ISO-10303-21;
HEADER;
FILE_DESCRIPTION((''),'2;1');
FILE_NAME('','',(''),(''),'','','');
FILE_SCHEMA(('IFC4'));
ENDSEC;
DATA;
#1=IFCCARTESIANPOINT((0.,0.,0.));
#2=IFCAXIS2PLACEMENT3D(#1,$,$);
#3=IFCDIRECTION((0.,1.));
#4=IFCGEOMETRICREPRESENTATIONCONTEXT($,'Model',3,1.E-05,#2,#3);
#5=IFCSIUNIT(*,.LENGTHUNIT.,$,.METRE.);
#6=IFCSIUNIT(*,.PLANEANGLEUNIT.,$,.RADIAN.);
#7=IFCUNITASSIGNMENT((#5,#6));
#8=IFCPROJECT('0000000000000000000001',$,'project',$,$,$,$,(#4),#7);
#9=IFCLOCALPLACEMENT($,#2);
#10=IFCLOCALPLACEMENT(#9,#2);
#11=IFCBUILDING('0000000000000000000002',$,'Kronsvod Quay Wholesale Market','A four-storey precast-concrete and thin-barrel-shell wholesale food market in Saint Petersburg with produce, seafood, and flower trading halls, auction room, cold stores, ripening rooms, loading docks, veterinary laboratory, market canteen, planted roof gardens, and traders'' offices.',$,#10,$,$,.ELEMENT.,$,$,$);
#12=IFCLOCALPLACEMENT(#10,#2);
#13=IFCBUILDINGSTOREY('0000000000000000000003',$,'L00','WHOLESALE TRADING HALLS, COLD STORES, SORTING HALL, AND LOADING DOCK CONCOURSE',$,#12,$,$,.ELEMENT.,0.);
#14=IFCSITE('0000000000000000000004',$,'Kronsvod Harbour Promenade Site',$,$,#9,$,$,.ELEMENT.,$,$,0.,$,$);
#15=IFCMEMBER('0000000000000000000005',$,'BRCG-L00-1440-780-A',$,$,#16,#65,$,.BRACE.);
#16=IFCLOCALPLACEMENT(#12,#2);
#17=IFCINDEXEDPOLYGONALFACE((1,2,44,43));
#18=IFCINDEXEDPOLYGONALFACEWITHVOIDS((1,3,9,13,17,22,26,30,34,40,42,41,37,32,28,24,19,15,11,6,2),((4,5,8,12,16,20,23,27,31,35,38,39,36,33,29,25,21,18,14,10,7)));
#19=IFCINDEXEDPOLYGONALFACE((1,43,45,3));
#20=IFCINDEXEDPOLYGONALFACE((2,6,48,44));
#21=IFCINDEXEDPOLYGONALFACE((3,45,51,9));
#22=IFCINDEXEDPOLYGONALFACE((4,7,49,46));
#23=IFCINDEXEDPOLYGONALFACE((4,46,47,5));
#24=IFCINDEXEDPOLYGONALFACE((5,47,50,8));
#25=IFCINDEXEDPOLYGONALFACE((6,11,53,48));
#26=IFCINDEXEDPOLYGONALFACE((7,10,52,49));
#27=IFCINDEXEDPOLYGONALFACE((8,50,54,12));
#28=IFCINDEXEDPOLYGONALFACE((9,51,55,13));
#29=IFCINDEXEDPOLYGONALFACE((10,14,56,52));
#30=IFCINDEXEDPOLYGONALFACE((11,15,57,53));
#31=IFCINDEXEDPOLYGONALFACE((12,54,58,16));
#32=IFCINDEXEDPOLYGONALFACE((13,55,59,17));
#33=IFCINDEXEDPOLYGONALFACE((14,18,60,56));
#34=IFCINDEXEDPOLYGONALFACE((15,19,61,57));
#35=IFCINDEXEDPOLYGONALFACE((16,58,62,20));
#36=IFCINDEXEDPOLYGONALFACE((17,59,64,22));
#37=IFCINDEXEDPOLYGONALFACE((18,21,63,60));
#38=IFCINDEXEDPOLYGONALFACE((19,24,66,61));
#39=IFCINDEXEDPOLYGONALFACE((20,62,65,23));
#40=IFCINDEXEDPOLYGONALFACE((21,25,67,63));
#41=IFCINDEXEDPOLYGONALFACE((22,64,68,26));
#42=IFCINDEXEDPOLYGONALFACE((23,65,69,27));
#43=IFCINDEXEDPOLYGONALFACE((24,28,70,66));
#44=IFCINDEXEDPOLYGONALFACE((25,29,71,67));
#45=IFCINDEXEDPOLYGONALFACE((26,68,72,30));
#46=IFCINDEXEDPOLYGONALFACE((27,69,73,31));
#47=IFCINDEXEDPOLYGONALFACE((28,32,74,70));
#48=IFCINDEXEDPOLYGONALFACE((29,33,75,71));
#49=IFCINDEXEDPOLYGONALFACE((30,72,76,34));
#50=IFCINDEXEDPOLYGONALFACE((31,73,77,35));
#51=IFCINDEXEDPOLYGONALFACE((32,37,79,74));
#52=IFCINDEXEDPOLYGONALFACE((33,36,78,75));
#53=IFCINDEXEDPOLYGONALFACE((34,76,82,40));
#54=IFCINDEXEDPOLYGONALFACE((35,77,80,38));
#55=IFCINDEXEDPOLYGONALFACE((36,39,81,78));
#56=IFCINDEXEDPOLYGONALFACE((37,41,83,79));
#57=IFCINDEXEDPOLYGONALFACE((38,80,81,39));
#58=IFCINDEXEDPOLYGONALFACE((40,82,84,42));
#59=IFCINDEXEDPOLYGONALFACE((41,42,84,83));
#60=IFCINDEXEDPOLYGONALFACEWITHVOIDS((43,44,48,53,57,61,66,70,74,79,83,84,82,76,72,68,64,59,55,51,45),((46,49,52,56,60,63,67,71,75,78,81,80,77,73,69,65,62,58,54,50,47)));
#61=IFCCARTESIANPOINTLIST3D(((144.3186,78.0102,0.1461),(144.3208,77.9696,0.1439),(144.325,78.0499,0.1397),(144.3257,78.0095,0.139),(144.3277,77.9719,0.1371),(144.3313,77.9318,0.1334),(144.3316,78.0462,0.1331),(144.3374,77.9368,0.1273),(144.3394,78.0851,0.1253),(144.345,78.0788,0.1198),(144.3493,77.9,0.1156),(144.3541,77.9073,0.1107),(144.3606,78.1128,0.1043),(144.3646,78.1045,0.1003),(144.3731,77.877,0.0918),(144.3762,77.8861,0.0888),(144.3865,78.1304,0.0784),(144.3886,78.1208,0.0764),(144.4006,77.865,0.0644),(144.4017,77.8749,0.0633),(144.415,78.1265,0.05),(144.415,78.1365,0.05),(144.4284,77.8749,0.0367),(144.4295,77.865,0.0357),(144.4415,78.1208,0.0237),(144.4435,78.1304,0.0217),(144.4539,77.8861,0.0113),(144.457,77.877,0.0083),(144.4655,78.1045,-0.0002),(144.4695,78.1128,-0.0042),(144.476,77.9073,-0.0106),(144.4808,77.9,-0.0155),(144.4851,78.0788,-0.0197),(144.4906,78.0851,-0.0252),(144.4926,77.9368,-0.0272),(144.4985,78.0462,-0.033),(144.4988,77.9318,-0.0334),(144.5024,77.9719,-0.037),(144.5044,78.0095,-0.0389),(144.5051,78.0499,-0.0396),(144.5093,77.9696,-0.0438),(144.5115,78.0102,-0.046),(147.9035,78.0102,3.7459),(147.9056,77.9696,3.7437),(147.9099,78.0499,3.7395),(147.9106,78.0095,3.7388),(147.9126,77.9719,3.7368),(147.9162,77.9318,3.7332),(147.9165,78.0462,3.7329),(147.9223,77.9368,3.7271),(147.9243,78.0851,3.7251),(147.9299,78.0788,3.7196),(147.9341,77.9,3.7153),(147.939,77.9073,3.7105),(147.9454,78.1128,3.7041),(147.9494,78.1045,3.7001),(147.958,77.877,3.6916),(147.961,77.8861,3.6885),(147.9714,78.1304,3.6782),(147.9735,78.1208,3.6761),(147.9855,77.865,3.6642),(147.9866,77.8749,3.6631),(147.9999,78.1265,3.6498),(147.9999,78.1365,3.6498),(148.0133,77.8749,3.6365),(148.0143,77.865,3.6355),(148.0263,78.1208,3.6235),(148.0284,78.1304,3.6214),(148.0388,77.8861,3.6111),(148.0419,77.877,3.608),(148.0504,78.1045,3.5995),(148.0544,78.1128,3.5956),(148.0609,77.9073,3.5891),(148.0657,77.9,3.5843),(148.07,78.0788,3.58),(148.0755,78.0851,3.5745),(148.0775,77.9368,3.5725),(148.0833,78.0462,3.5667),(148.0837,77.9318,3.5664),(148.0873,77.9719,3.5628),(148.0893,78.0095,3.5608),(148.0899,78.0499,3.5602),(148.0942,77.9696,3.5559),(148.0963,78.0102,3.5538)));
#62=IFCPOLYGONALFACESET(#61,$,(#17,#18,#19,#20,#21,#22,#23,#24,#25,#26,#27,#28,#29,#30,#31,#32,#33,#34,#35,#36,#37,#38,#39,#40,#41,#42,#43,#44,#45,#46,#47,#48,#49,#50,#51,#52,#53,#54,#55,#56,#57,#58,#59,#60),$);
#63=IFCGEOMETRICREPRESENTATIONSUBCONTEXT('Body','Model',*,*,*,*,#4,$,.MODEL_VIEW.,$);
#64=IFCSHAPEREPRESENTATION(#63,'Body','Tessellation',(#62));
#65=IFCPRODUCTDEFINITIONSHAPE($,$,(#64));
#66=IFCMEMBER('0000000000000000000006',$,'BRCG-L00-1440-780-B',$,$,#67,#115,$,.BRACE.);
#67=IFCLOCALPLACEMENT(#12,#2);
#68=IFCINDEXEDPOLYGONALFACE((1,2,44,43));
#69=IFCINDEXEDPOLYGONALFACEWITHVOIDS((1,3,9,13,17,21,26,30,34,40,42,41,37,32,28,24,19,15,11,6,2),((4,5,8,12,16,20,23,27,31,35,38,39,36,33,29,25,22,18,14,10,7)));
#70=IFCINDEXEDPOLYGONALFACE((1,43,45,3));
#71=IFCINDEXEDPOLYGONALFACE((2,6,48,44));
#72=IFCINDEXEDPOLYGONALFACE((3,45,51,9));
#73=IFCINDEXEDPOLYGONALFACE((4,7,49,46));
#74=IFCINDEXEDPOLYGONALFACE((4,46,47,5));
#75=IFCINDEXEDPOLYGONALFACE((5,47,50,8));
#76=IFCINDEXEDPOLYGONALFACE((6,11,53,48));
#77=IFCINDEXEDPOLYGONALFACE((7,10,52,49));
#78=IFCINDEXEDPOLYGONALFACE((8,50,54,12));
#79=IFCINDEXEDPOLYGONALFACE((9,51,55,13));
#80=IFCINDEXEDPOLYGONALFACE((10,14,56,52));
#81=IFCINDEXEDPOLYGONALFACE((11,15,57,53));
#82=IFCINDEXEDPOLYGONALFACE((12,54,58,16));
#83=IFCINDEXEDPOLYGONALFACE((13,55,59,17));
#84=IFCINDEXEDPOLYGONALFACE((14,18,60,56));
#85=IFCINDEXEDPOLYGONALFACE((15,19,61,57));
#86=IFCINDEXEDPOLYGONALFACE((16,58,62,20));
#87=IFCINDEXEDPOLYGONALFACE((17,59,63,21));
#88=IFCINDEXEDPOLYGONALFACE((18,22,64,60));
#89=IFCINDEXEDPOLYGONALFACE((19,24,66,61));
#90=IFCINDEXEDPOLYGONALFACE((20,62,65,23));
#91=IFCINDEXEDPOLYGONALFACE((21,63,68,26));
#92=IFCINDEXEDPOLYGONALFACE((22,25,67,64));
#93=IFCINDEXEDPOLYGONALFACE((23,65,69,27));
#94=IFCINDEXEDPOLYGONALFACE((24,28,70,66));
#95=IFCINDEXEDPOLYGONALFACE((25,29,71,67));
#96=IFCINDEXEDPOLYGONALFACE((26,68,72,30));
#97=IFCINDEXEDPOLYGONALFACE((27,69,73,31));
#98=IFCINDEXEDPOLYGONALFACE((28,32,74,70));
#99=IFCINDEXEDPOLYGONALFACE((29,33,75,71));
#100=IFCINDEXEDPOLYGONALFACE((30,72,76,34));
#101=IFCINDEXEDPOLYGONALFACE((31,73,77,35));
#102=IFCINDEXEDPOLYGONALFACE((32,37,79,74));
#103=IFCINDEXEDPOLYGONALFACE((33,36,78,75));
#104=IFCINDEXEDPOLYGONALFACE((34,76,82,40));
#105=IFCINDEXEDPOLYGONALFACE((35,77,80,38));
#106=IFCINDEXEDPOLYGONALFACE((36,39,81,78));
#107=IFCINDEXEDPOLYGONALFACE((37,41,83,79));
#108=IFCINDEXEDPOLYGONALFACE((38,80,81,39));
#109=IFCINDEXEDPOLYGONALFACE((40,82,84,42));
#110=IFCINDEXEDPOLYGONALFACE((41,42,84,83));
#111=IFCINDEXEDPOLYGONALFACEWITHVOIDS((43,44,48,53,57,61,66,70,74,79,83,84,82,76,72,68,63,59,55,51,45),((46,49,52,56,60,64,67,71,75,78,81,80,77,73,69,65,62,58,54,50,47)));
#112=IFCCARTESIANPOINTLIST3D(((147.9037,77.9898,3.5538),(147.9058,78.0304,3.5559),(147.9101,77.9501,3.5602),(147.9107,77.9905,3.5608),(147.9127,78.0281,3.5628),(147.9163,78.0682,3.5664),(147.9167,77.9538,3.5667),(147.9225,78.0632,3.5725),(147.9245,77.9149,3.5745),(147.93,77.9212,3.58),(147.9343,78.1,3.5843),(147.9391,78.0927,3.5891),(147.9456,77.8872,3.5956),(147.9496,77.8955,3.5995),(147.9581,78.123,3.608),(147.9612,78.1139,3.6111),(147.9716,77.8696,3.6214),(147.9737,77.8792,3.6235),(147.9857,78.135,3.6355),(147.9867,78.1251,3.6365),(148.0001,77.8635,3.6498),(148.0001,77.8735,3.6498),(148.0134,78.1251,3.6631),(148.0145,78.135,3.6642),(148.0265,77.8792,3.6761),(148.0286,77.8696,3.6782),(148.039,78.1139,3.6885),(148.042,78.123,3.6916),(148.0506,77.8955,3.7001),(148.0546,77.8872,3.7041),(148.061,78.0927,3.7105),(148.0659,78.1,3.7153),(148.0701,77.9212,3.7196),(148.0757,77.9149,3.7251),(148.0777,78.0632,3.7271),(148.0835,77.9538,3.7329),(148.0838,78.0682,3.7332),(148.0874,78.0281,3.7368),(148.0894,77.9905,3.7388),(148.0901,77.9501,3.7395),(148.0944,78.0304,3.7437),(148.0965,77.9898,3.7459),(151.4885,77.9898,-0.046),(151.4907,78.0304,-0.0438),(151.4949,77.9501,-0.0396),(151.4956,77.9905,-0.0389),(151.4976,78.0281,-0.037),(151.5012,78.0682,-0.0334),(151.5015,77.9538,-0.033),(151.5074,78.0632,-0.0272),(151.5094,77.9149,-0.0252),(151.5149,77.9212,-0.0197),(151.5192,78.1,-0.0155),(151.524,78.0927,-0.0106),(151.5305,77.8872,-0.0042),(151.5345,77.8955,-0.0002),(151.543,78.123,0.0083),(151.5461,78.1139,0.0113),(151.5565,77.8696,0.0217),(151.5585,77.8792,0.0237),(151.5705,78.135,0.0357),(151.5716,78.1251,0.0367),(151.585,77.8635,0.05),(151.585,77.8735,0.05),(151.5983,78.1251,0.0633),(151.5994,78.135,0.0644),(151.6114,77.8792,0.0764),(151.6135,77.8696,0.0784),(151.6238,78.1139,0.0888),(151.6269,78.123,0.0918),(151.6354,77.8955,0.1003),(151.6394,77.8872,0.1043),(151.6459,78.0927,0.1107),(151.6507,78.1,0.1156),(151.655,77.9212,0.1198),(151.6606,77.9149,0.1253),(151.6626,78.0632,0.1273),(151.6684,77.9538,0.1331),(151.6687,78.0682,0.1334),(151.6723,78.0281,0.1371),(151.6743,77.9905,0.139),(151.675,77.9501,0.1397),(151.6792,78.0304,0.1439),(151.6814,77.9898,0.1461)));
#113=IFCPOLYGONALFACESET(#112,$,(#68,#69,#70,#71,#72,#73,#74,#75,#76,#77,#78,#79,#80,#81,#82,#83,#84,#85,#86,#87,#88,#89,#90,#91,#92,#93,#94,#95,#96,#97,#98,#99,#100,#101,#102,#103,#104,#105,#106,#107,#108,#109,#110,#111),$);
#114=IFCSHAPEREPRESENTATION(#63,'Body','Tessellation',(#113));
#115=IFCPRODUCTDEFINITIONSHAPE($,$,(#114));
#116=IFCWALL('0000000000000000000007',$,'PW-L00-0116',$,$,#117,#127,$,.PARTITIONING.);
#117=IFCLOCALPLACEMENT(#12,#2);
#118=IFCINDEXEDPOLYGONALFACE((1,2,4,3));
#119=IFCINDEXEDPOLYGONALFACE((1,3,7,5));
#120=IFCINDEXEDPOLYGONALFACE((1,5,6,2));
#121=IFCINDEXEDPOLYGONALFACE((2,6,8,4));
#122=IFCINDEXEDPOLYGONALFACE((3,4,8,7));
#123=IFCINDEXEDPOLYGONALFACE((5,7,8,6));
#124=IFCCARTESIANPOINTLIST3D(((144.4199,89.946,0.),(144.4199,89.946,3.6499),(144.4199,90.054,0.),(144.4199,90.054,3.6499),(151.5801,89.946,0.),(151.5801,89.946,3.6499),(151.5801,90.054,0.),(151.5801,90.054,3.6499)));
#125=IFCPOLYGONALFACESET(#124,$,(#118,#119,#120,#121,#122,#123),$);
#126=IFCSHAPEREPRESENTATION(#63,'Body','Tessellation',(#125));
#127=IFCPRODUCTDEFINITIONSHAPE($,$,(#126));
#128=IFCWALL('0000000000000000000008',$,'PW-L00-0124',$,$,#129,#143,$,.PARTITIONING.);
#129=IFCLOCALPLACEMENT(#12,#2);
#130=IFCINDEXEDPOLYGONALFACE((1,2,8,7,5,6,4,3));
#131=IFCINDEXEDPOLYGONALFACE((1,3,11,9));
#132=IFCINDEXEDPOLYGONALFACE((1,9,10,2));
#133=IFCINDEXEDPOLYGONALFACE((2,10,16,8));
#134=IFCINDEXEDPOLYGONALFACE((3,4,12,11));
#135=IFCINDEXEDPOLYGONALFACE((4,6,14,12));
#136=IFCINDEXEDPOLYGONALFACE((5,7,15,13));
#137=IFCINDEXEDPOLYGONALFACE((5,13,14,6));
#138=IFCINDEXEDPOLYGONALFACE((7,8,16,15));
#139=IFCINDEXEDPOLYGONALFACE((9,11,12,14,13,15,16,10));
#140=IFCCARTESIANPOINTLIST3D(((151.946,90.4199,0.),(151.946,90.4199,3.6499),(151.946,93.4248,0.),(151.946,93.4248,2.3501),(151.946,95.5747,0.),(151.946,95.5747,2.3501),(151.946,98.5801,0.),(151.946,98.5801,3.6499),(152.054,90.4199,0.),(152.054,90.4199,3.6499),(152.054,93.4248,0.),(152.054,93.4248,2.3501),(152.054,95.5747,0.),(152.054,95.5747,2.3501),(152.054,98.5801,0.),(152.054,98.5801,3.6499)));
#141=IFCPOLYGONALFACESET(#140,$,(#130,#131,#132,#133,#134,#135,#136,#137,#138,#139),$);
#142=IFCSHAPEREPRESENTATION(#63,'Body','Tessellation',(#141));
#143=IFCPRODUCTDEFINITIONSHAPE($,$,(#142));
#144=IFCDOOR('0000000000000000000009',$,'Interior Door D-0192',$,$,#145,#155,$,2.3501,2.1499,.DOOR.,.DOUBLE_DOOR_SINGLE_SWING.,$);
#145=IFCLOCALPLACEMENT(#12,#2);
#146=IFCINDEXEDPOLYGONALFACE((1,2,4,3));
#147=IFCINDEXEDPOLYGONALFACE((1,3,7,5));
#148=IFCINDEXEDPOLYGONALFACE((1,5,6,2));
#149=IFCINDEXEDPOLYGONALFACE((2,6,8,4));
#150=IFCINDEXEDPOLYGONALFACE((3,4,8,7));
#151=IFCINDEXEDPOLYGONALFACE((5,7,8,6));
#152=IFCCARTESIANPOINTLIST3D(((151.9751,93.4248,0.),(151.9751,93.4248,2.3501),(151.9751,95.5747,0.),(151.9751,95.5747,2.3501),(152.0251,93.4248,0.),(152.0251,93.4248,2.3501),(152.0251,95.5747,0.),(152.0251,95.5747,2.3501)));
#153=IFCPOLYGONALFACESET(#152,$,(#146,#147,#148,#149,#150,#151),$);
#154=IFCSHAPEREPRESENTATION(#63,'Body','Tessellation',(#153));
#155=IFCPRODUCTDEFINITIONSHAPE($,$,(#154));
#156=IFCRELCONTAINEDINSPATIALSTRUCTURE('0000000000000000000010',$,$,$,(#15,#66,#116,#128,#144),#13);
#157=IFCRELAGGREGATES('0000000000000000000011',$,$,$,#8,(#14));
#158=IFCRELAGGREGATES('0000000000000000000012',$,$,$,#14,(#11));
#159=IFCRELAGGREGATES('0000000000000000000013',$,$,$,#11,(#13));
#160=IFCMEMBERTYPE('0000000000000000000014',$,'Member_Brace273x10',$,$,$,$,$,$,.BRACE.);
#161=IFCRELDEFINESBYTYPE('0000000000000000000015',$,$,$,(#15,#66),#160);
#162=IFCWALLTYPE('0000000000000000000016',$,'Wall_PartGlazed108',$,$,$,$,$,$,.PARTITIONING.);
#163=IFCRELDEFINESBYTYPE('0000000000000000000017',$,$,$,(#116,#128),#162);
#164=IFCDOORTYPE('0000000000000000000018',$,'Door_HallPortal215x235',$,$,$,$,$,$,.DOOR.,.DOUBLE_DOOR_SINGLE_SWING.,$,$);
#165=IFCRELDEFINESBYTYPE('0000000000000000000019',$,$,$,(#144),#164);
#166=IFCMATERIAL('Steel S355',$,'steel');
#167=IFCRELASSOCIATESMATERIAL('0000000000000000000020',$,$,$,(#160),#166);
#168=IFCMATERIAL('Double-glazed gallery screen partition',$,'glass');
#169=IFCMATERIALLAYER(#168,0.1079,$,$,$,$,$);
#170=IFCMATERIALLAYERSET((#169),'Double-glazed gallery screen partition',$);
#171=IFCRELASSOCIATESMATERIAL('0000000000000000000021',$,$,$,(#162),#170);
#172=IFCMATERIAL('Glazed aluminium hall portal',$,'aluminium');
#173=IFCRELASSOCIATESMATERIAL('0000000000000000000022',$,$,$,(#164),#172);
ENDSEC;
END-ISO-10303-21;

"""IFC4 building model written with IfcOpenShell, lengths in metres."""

from ifc_helpers import new_model, si_unit, direction, frame, frame_2d, origin, origin_2d, place, context, subcontext, project, spatial, rectangle, hollow_circle, extrude, material, layer, layer_set, material_profile, profile_set, type_object, element, fill, save


model = new_model("IFC4")

# Units and contexts
model_context = context("Model", 3, precision=1e-05, world=origin(), true_north=direction((0.0, 1.0)))
body_context = subcontext(model_context, "Body", "Model", "MODEL_VIEW")
ifc_project = project(units=[si_unit("LENGTHUNIT", "METRE"), si_unit("PLANEANGLEUNIT", "RADIAN")], contexts=[model_context])

# Site, building, storey
site_placement = place(None, origin())
site = spatial("IfcSite", under=ifc_project, at=site_placement, Name="Kronsvod Harbour Promenade Site", CompositionType="ELEMENT", RefElevation=0.0)
building_placement = place(site_placement, origin())
building = spatial("IfcBuilding", under=site, at=building_placement, Name="Kronsvod Quay Wholesale Market", Description="A four-storey precast-concrete and thin-barrel-shell wholesale food market in Saint Petersburg with produce, seafood, and flower trading halls, auction room, cold stores, ripening rooms, loading docks, veterinary laboratory, market canteen, planted roof gardens, and traders' offices.", CompositionType="ELEMENT")
storey_placement = place(building_placement, origin())
storey = spatial("IfcBuildingStorey", under=building, at=storey_placement, Name="L00", Description="WHOLESALE TRADING HALLS, COLD STORES, SORTING HALL, AND LOADING DOCK CONCOURSE", CompositionType="ELEMENT", Elevation=0.0)

# Members
ifc_material_1 = material(Name="Steel S355", Category="steel")
ifc_material_profile_1 = material_profile(ifc_material_1, hollow_circle(Radius=0.1365, WallThickness=0.01, at=origin_2d()), Name="CHS273x10")
ifc_profile_set_1 = profile_set([ifc_material_profile_1], Name="Steel S355")
member_type = type_object("IfcMemberType", Name="Member_Brace273x10", PredefinedType="BRACE", material=ifc_profile_set_1)
for number, where, z_axis, x_axis, name in (
    (1, (144.415, 78.0, 0.05), (0.70564, 0.0, 0.708571), (0.0, 1.0, 0.0), "BRCG-L00-1440-780-A"),
    (2, (151.585, 78.0, 0.05), (-0.70564, 0.0, 0.708571), (0.0, -1.0, 0.0), "BRCG-L00-1440-780-B"),
):
    element("IfcMember", number, at=place(storey_placement, frame(where, z_axis=z_axis, x_axis=x_axis)), inside=storey, type_object=member_type, Name=name, PredefinedType="BRACE", context=body_context, shape_type="SweptSolid", body=[
        extrude(hollow_circle(Radius=0.1365, WallThickness=0.01, at=origin_2d()), origin(), (0.0, 0.0, 1.0), 5.0803),
    ])

# Wall
ifc_material_2 = material(Name="Double-glazed gallery screen partition", Category="glass")
ifc_layer = layer(ifc_material_2, 0.1079)
ifc_layer_set = layer_set([ifc_layer], Name="Double-glazed gallery screen partition")
wall_type = type_object("IfcWallType", Name="Wall_PartGlazed108", PredefinedType="PARTITIONING", material=ifc_layer_set)
wall_1_placement = place(storey_placement, frame((144.4199, 90.0, 0.0), z_axis=(0.0, 0.0, 1.0), x_axis=(1.0, 0.0, 0.0)))
element("IfcWall", 3, at=wall_1_placement, inside=storey, type_object=wall_type, Name="PW-L00-0116", PredefinedType="PARTITIONING", context=body_context, shape_type="SweptSolid", body=[
    extrude(rectangle(XDim=7.1602, YDim=0.1079, at=frame_2d((3.5801, 0.0))), origin(), (0.0, 0.0, 1.0), 3.6499),
])

# Wall, opening, door
wall_2_placement = place(storey_placement, frame((152.0, 90.4199, 0.0), z_axis=(0.0, 0.0, 1.0), x_axis=(0.0, 1.0, 0.0)))
wall_2 = element("IfcWall", 4, at=wall_2_placement, inside=storey, type_object=wall_type, Name="PW-L00-0124", PredefinedType="PARTITIONING", context=body_context, shape_type="SweptSolid", body=[
    extrude(rectangle(XDim=8.1602, YDim=0.1079, at=frame_2d((4.0801, 0.0))), origin(), (0.0, 0.0, 1.0), 3.6499),
])
opening_placement = place(wall_2_placement, frame((3.0049, 0.0, 0.0)))
opening = element("IfcOpeningElement", 5, at=opening_placement, cuts=wall_2, PredefinedType="OPENING", context=body_context, shape_type="SweptSolid", body=[
    extrude(rectangle(XDim=2.1499, YDim=2.3501, at=frame_2d((1.075, 1.175))), frame((0.0, 0.064, 0.0), z_axis=(0.0, -1.0, 0.0), x_axis=(1.0, 0.0, 0.0)), (0.0, 0.0, 1.0), 0.1279),
])
ifc_material_3 = material(Name="Glazed aluminium hall portal", Category="aluminium")
door_type = type_object("IfcDoorType", Name="Door_HallPortal215x235", OperationType="DOUBLE_DOOR_SINGLE_SWING", PredefinedType="DOOR", material=ifc_material_3)
door_placement = place(opening_placement, origin())
door = element("IfcDoor", 6, at=door_placement, inside=storey, type_object=door_type, Name="Interior Door D-0192", OperationType="DOUBLE_DOOR_SINGLE_SWING", OverallHeight=2.3501, OverallWidth=2.1499, PredefinedType="DOOR", context=body_context, shape_type="SweptSolid", body=[
    extrude(rectangle(XDim=2.1499, YDim=2.3501, at=frame_2d((1.075, 1.175))), frame((0.0, 0.0249, 0.0), z_axis=(0.0, -1.0, 0.0), x_axis=(1.0, 0.0, 0.0)), (0.0, 0.0, 1.0), 0.05),
])
fill(opening, door)

save(model, "model.ifc")
